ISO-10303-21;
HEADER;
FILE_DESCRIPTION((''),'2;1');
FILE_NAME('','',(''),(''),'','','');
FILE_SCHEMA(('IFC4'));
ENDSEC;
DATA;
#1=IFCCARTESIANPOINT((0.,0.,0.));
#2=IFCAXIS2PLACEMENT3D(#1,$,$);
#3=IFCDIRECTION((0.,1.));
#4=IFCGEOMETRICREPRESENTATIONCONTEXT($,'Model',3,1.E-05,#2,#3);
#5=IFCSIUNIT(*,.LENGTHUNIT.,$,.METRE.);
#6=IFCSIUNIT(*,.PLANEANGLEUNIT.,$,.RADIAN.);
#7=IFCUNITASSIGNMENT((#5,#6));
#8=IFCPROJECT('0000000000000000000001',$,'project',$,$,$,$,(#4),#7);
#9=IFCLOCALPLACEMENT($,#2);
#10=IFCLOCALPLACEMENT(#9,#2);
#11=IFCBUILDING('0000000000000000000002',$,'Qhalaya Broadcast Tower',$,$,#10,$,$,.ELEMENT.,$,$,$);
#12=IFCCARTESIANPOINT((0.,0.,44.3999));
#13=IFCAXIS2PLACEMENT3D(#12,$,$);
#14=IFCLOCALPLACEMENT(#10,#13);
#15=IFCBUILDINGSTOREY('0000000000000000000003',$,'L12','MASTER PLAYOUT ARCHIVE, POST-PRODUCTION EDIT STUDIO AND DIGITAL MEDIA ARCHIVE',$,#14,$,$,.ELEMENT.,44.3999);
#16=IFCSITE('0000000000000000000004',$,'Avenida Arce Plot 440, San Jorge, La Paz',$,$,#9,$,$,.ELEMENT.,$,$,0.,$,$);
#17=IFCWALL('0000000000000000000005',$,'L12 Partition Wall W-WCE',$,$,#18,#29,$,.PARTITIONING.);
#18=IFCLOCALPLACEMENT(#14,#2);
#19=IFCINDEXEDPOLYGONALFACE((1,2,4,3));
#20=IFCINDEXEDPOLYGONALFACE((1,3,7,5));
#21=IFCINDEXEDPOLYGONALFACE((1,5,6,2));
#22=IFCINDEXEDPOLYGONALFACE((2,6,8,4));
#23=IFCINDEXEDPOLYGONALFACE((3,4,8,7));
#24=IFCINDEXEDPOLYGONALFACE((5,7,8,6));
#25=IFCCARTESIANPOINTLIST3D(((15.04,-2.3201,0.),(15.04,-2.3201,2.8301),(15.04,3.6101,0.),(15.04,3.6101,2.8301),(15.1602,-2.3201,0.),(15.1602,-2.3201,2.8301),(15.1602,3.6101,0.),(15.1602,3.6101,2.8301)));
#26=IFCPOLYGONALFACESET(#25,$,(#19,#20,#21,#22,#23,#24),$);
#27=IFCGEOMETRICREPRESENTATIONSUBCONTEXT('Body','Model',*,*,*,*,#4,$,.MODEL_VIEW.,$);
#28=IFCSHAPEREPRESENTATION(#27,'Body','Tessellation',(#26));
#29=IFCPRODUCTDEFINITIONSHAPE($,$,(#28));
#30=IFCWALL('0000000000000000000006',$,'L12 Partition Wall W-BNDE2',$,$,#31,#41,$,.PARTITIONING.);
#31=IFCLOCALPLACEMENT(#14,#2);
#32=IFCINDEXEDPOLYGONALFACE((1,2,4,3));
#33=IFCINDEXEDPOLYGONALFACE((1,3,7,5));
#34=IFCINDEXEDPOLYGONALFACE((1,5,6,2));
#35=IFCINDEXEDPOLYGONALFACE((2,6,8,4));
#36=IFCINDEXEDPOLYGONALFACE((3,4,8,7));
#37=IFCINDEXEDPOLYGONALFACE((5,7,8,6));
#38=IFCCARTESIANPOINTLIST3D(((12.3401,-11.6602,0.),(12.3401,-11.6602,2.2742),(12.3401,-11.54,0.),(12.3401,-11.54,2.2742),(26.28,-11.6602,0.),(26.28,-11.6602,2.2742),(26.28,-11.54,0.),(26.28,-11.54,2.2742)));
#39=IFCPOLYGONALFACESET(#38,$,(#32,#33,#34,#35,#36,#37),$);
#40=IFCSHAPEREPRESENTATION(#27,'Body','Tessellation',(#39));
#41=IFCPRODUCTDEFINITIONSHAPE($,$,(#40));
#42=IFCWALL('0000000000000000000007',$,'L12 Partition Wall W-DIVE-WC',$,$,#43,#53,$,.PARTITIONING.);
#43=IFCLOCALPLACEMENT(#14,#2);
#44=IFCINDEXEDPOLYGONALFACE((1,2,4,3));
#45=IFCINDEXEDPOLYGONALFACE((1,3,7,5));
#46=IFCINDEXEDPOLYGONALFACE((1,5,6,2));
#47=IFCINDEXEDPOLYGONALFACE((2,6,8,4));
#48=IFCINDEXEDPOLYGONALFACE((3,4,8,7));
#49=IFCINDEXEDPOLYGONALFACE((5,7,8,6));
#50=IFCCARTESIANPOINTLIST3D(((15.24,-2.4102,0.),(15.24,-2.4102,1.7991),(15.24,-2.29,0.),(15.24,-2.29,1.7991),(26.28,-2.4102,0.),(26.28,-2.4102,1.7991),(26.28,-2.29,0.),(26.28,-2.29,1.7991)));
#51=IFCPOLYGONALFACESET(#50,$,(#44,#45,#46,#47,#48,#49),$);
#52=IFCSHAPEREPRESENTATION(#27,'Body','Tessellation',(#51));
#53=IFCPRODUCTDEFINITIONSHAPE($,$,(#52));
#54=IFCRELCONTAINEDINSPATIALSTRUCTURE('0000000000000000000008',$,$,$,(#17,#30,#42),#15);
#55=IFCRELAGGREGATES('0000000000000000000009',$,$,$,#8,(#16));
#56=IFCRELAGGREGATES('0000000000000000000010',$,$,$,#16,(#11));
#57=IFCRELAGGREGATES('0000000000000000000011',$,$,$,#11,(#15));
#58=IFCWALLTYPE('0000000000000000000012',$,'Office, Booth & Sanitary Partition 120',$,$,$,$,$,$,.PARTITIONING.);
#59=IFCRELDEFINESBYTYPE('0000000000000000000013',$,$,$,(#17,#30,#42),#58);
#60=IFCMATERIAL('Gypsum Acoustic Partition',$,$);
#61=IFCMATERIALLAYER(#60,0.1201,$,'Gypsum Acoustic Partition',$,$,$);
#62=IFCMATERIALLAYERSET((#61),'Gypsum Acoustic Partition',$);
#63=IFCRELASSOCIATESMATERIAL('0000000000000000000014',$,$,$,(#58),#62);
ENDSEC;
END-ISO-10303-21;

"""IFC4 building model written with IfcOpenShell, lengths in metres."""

from ifc_helpers import new_model, si_unit, direction, frame, frame_2d, origin, place, context, subcontext, project, spatial, rectangle, extrude, material, layer, layer_set, type_object, element, save


model = new_model("IFC4")

# Units and contexts
model_context = context("Model", 3, precision=1e-05, world=origin(), true_north=direction((0.0, 1.0)))
body_context = subcontext(model_context, "Body", "Model", "MODEL_VIEW")
ifc_project = project(units=[si_unit("LENGTHUNIT", "METRE"), si_unit("PLANEANGLEUNIT", "RADIAN")], contexts=[model_context])

# Site, building, storey
site_placement = place(None, origin())
site = spatial("IfcSite", under=ifc_project, at=site_placement, Name="Avenida Arce Plot 440, San Jorge, La Paz", CompositionType="ELEMENT", RefElevation=0.0)
building_placement = place(site_placement, origin())
building = spatial("IfcBuilding", under=site, at=building_placement, Name="Qhalaya Broadcast Tower", CompositionType="ELEMENT")
storey_placement = place(building_placement, frame((0.0, 0.0, 44.3999)))
storey = spatial("IfcBuildingStorey", under=building, at=storey_placement, Name="L12", Description="MASTER PLAYOUT ARCHIVE, POST-PRODUCTION EDIT STUDIO AND DIGITAL MEDIA ARCHIVE", CompositionType="ELEMENT", Elevation=44.3999)

# Walls
ifc_material_1 = material(Name="Gypsum Acoustic Partition")
ifc_layer_1 = layer(ifc_material_1, 0.1201, Name="Gypsum Acoustic Partition")
ifc_layer_set_1 = layer_set([ifc_layer_1], Name="Gypsum Acoustic Partition")
wall_type_1 = type_object("IfcWallType", Name="Office, Booth & Sanitary Partition 120", PredefinedType="PARTITIONING", material=ifc_layer_set_1)
wall_1_placement = place(storey_placement, frame((15.1001, -2.3201, 0.0), z_axis=(0.0, 0.0, 1.0), x_axis=(0.0, 1.0, 0.0)))
element("IfcWall", 1, at=wall_1_placement, inside=storey, type_object=wall_type_1, Name="L12 Partition Wall W-WCE", PredefinedType="PARTITIONING", context=body_context, shape_type="SweptSolid", body=[
    extrude(rectangle(XDim=5.9302, YDim=0.1201, at=frame_2d((2.9651, 0.0))), origin(), (0.0, 0.0, 1.0), 2.8301),
])
wall_2_placement = place(storey_placement, frame((12.3401, -11.6001, 0.0), z_axis=(0.0, 0.0, 1.0), x_axis=(1.0, 0.0, 0.0)))
element("IfcWall", 2, at=wall_2_placement, inside=storey, type_object=wall_type_1, Name="L12 Partition Wall W-BNDE2", PredefinedType="PARTITIONING", context=body_context, shape_type="SweptSolid", body=[
    extrude(rectangle(XDim=13.9399, YDim=0.1201, at=frame_2d((6.97, 0.0))), origin(), (0.0, 0.0, 1.0), 2.2742),
])
wall_3_placement = place(storey_placement, frame((15.24, -2.3501, 0.0), z_axis=(0.0, 0.0, 1.0), x_axis=(1.0, 0.0, 0.0)))
element("IfcWall", 3, at=wall_3_placement, inside=storey, type_object=wall_type_1, Name="L12 Partition Wall W-DIVE-WC", PredefinedType="PARTITIONING", context=body_context, shape_type="SweptSolid", body=[
    extrude(rectangle(XDim=11.04, YDim=0.1201, at=frame_2d((5.52, 0.0))), origin(), (0.0, 0.0, 1.0), 1.7991),
])

save(model, "model.ifc")
